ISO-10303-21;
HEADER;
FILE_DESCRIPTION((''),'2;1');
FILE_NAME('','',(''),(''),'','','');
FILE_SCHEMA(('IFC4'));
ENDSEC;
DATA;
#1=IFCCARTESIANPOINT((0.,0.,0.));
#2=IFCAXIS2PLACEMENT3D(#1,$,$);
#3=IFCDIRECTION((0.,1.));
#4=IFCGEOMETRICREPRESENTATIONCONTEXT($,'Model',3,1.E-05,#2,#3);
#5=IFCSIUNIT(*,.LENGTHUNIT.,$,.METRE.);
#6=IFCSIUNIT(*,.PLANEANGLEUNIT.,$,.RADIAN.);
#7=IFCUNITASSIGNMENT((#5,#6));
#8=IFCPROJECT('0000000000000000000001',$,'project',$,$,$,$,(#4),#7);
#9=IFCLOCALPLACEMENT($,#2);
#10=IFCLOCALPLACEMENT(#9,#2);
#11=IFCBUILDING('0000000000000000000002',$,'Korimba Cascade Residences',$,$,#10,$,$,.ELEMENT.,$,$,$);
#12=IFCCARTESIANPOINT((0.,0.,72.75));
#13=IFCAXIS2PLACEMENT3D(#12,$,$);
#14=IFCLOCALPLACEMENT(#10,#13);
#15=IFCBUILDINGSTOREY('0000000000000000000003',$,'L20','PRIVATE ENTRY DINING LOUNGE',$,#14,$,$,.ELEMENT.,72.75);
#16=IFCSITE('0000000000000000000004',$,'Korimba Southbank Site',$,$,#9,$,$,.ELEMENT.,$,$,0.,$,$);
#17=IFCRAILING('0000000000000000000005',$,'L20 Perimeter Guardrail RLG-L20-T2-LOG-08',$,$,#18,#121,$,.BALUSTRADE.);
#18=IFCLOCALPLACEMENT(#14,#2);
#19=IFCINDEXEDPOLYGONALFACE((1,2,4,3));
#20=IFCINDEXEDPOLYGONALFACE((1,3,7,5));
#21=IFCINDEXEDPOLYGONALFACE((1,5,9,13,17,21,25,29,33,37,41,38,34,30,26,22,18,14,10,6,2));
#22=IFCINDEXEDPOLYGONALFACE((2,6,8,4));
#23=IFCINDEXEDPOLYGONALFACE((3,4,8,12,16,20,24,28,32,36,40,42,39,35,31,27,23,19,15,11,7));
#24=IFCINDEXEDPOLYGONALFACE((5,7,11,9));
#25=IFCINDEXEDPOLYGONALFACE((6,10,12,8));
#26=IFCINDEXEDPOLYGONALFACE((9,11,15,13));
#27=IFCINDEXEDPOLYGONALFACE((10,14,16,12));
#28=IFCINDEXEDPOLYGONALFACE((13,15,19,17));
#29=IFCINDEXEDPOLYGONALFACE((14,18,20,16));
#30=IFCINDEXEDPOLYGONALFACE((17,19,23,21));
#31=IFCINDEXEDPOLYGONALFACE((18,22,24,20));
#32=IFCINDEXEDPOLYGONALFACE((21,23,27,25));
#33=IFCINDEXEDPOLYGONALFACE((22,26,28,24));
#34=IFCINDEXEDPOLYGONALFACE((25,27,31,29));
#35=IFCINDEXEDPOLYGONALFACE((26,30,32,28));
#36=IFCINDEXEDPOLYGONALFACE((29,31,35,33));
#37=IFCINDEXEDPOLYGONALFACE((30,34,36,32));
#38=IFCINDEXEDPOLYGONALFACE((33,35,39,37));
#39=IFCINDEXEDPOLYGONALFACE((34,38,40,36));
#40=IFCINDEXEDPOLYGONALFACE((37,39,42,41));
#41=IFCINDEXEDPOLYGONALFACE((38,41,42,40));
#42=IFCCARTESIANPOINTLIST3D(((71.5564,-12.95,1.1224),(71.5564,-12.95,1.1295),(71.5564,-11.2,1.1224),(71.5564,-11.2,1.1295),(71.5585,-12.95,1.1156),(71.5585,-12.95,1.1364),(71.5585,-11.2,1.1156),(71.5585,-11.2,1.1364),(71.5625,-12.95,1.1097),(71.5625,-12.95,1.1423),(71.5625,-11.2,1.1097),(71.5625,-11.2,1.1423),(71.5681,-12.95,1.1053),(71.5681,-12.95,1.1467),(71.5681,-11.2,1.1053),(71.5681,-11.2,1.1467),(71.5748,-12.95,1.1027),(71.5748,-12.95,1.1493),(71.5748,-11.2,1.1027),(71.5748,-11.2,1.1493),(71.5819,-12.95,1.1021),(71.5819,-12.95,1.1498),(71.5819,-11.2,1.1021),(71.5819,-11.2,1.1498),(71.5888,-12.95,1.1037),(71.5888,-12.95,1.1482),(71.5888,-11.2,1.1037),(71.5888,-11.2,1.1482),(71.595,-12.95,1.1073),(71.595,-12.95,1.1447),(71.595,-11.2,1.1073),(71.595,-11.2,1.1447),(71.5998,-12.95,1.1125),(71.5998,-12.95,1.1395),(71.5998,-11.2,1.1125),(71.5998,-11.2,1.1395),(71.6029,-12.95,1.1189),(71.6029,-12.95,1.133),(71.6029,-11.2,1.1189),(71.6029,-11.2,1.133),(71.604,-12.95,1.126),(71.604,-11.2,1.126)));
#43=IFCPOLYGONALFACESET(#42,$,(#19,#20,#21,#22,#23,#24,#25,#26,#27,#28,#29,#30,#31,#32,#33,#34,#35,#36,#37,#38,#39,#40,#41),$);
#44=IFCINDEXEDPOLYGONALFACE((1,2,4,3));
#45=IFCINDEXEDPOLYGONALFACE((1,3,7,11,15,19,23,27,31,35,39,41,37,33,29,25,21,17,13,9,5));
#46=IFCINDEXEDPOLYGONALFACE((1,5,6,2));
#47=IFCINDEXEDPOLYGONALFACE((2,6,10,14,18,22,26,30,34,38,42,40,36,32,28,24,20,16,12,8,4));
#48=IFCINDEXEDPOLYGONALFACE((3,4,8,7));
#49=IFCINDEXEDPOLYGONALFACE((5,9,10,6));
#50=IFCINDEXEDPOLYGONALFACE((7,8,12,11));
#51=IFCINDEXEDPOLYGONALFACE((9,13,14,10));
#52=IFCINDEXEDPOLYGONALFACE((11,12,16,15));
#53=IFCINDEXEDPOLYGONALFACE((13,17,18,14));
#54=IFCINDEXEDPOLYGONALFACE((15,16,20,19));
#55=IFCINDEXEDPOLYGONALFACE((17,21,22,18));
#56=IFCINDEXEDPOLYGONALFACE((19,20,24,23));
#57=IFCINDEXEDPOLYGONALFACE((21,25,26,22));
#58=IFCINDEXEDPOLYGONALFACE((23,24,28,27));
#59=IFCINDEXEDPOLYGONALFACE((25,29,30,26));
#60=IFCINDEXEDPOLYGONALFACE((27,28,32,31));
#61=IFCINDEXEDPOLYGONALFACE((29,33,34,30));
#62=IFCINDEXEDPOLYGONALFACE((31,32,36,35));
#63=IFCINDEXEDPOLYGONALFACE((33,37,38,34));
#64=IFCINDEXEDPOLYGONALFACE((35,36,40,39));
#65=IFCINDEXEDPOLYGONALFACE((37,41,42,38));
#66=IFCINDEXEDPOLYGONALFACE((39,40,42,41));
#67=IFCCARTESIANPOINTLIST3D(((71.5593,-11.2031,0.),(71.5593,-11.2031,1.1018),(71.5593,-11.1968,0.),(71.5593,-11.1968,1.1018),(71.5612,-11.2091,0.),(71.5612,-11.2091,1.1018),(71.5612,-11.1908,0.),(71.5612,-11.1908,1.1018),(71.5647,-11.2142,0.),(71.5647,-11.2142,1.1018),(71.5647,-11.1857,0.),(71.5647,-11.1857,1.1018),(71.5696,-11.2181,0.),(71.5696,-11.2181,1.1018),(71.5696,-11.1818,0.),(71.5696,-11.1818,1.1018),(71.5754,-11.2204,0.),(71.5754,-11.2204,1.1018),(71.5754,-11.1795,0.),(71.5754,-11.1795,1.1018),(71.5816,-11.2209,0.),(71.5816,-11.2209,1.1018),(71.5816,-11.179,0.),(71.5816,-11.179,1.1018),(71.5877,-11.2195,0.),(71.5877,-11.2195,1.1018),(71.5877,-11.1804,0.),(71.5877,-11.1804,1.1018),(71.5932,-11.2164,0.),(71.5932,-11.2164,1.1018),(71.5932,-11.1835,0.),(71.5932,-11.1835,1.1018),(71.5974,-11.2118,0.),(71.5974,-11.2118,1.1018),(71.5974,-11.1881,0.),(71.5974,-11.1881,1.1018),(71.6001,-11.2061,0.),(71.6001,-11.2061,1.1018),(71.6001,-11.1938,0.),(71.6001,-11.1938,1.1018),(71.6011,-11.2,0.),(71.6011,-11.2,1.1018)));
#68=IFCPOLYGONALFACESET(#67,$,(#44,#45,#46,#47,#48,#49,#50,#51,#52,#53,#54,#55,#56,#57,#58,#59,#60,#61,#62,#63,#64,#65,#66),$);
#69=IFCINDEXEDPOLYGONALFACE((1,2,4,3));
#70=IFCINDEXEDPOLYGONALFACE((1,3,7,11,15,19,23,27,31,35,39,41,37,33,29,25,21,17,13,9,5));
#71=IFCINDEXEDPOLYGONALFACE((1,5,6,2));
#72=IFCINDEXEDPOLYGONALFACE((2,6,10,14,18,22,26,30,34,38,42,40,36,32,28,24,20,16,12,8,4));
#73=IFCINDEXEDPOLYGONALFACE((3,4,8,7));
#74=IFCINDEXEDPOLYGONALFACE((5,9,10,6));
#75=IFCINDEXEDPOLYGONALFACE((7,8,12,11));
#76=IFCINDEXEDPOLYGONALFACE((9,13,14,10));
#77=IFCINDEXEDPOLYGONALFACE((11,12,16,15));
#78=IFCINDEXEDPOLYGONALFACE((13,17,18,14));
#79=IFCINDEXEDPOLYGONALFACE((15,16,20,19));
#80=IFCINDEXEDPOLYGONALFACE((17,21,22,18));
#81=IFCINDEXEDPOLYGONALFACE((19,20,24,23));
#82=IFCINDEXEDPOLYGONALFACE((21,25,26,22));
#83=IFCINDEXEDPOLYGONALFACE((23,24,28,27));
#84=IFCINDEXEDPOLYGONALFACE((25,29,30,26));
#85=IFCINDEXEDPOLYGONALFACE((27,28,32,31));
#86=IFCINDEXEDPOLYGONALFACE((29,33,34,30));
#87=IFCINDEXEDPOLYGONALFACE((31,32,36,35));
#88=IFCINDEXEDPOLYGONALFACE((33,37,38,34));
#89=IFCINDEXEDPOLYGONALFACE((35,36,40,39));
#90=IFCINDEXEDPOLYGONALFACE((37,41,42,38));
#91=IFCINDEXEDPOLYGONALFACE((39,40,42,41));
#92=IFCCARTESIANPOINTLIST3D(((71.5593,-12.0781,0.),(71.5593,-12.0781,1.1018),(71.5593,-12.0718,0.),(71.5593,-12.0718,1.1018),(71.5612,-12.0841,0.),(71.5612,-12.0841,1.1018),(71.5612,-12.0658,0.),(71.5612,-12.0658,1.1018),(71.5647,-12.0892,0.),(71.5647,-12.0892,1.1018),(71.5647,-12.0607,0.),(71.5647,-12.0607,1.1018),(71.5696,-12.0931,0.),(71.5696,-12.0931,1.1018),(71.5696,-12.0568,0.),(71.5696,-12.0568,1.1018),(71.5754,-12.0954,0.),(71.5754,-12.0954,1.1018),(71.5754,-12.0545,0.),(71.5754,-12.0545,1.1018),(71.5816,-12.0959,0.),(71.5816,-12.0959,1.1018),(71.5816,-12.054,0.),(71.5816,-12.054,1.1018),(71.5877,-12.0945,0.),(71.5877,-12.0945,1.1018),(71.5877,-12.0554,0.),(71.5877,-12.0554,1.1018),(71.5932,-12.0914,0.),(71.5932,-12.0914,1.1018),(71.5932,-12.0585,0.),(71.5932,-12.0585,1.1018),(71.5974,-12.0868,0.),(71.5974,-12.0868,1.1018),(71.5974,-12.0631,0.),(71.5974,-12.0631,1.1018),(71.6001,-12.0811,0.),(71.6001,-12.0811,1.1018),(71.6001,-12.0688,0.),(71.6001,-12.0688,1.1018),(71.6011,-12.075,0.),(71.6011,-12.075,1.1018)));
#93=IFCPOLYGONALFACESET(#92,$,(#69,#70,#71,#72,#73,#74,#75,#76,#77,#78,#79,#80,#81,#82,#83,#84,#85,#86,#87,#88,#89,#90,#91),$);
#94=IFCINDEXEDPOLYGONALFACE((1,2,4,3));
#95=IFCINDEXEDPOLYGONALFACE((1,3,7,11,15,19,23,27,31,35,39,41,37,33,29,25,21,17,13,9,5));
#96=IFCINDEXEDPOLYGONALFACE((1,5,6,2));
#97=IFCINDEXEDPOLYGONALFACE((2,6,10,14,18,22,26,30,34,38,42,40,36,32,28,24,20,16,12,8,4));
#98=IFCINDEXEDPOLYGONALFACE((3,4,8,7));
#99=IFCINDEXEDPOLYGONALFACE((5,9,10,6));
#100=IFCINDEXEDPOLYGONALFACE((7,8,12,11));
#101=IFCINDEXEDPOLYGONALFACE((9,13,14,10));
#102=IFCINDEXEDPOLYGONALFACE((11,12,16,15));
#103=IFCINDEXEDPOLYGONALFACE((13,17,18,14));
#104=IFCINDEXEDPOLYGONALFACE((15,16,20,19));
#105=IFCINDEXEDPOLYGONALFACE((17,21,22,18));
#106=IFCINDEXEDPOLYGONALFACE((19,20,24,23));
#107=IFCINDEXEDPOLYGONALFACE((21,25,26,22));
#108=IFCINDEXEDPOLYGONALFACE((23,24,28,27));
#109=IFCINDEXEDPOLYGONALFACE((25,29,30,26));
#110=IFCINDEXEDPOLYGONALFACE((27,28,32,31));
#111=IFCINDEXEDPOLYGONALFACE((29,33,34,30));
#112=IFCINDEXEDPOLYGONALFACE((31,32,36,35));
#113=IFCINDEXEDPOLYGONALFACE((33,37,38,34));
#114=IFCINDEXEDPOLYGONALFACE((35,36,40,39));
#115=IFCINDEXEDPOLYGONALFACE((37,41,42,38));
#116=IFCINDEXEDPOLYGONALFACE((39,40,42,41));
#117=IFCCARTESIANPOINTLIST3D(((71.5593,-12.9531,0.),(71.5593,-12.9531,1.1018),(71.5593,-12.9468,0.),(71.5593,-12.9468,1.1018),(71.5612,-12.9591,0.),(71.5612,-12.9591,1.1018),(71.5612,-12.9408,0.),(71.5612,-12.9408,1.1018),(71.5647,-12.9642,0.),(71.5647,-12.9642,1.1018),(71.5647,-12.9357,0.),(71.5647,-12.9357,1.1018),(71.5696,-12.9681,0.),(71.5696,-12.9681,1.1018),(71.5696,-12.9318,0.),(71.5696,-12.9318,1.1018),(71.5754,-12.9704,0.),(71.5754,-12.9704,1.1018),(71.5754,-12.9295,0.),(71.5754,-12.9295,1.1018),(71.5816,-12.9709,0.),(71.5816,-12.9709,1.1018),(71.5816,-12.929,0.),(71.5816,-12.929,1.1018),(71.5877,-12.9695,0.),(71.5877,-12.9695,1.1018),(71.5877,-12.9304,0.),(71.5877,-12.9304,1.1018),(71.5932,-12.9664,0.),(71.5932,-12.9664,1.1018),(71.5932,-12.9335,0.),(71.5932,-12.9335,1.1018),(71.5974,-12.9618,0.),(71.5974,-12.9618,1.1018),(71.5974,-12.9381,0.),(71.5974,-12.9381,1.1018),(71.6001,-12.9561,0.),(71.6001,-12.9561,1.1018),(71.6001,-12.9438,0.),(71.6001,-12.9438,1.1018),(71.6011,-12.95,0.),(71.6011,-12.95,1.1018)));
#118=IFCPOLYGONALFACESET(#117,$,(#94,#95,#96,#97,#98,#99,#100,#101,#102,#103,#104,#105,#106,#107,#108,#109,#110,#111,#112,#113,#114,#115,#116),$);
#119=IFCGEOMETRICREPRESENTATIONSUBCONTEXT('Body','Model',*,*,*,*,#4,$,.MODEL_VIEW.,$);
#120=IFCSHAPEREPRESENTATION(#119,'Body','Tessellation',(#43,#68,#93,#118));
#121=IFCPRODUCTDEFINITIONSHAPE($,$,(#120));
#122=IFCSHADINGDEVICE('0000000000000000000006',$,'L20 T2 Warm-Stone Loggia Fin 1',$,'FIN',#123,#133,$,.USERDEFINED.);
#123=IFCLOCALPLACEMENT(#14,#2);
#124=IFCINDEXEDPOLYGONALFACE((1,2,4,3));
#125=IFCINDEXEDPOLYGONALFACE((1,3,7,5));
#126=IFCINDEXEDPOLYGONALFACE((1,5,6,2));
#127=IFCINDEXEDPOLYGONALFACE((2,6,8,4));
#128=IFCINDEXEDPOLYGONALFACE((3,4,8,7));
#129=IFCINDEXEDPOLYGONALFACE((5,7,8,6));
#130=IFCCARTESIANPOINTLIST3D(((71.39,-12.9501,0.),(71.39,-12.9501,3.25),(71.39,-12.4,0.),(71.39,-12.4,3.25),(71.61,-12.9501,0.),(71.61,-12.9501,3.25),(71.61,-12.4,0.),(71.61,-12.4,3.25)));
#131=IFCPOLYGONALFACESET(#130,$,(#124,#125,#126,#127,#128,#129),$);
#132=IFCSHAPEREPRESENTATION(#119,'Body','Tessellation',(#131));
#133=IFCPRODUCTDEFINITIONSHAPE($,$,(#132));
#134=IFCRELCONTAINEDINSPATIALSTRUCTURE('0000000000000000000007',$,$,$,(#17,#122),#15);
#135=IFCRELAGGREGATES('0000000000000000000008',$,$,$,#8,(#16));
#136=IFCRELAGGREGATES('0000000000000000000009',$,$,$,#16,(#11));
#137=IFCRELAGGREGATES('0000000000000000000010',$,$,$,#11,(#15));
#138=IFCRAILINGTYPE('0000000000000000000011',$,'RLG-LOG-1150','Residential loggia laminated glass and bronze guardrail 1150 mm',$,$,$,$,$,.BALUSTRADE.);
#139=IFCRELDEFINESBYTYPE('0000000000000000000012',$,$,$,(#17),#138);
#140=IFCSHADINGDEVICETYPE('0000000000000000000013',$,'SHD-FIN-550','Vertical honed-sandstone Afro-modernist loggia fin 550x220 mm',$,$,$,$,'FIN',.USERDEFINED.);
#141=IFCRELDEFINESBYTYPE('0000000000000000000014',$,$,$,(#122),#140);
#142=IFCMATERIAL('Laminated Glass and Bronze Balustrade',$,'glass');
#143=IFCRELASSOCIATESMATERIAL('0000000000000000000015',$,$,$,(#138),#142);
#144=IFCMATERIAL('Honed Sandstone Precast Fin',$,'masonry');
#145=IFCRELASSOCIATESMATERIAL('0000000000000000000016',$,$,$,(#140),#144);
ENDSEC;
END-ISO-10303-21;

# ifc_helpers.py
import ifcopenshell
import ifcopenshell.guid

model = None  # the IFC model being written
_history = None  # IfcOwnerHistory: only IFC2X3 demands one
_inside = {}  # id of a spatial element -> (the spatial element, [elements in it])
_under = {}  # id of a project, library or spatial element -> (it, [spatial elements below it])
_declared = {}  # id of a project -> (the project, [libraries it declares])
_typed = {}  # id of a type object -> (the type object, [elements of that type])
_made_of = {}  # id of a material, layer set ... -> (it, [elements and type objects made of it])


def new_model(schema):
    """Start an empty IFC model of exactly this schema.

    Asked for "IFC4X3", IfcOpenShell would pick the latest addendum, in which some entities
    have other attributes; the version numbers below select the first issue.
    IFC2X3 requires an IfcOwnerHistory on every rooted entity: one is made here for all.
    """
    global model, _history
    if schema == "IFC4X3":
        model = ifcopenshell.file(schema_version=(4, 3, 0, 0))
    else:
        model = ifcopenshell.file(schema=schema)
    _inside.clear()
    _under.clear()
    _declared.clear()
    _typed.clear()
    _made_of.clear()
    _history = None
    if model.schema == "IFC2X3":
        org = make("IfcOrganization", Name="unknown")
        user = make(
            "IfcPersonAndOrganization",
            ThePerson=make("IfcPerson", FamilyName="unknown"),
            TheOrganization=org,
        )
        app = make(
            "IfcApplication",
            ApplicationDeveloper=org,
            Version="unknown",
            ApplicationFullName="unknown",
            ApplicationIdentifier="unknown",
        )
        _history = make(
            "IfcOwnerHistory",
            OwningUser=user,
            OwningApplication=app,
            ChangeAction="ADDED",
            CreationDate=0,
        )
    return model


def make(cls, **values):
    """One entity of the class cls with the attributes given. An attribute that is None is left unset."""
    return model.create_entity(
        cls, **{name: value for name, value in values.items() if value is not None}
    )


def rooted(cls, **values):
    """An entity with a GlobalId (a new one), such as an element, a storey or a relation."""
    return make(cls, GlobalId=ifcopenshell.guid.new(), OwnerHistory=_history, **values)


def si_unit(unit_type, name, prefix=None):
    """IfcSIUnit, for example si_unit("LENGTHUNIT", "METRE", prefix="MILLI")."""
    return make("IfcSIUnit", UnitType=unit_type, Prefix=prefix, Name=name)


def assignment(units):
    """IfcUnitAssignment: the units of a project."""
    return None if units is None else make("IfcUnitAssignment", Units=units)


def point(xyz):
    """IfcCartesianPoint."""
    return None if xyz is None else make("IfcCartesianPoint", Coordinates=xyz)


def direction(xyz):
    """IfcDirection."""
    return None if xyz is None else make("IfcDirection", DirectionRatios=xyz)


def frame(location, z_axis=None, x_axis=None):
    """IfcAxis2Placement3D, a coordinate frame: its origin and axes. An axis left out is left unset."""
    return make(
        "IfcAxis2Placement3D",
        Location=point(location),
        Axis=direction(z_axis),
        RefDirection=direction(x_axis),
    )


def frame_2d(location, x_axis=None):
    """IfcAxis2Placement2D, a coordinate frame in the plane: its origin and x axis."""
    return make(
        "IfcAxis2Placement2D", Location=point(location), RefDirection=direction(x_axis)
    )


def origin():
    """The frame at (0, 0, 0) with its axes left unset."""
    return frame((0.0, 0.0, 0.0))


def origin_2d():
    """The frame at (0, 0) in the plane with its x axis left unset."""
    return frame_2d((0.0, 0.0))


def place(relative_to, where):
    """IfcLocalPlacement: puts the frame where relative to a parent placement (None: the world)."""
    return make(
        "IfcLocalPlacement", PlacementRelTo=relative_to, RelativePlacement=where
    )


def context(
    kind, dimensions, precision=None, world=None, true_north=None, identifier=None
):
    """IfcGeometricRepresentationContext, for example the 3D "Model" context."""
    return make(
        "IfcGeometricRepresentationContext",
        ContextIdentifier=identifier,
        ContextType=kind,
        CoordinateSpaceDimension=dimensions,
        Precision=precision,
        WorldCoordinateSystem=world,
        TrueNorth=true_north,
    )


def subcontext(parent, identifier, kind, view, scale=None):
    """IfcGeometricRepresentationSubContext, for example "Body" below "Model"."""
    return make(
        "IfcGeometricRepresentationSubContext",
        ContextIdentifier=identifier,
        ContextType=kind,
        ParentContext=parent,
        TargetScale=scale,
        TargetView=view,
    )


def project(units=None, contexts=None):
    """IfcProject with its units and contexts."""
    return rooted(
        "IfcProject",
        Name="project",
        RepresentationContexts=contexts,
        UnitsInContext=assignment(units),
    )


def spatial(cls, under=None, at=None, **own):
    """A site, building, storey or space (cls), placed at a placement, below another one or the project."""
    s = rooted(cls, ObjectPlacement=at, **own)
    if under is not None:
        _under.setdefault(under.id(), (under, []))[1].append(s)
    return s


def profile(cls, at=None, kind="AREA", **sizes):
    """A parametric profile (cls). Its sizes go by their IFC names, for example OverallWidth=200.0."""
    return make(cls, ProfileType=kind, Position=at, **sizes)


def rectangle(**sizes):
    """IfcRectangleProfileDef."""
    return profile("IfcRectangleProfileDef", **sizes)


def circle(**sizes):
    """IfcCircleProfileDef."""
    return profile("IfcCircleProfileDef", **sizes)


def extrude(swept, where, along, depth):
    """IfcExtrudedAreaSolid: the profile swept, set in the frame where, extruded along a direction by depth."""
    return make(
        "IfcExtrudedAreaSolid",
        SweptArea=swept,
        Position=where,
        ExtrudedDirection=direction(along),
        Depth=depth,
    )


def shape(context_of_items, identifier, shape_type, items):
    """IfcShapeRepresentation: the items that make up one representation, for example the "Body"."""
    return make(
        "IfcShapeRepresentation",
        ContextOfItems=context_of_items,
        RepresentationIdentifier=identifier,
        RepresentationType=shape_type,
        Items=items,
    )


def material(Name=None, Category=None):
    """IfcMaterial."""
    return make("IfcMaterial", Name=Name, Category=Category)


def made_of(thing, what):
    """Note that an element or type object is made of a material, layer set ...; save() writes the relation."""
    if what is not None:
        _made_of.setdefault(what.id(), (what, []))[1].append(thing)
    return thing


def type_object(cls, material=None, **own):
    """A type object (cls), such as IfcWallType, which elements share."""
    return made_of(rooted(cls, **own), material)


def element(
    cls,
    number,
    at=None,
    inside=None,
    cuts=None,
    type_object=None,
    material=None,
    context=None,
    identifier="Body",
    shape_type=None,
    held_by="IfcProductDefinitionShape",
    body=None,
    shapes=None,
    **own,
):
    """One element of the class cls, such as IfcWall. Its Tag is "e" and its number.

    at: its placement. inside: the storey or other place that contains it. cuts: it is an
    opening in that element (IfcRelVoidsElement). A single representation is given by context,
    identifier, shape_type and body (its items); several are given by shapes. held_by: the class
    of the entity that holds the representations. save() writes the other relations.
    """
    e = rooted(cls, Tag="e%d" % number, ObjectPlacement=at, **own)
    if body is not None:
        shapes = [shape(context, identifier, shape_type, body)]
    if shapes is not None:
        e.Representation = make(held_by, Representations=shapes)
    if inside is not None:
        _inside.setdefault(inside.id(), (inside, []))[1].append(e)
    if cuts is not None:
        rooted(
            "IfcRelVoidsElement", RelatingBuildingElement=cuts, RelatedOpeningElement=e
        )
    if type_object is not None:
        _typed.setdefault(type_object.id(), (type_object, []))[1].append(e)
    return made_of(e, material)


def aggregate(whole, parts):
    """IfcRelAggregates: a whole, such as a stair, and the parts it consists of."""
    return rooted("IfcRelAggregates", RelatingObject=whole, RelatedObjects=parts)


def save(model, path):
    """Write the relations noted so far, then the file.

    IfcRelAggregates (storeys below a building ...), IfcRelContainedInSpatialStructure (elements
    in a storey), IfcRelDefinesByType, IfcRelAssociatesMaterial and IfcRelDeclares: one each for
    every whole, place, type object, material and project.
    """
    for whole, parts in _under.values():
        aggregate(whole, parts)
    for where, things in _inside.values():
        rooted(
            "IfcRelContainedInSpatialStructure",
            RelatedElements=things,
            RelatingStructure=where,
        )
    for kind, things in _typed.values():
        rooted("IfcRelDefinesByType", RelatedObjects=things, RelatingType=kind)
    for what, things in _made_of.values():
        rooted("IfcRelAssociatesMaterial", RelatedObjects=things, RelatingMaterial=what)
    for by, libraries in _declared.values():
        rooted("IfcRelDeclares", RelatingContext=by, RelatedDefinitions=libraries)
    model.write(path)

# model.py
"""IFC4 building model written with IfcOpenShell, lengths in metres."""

from ifc_helpers import new_model, si_unit, direction, frame, origin, origin_2d, place, context, subcontext, project, spatial, rectangle, circle, extrude, material, type_object, element, save


model = new_model("IFC4")

# Units and contexts
model_context = context("Model", 3, precision=1e-05, world=origin(), true_north=direction((0.0, 1.0)))
body_context = subcontext(model_context, "Body", "Model", "MODEL_VIEW")
ifc_project = project(units=[si_unit("LENGTHUNIT", "METRE"), si_unit("PLANEANGLEUNIT", "RADIAN")], contexts=[model_context])

# Site, building, storey
site_placement = place(None, origin())
site = spatial("IfcSite", under=ifc_project, at=site_placement, Name="Korimba Southbank Site", CompositionType="ELEMENT", RefElevation=0.0)
building_placement = place(site_placement, origin())
building = spatial("IfcBuilding", under=site, at=building_placement, Name="Korimba Cascade Residences", CompositionType="ELEMENT")
storey_placement = place(building_placement, frame((0.0, 0.0, 72.75)))
storey = spatial("IfcBuildingStorey", under=building, at=storey_placement, Name="L20", Description="PRIVATE ENTRY DINING LOUNGE", CompositionType="ELEMENT", Elevation=72.75)

# Railing
ifc_material_1 = material(Name="Laminated Glass and Bronze Balustrade", Category="glass")
railing_type = type_object("IfcRailingType", Name="RLG-LOG-1150", Description="Residential loggia laminated glass and bronze guardrail 1150 mm", PredefinedType="BALUSTRADE", material=ifc_material_1)
railing_1_placement = place(storey_placement, frame((71.5801, -11.2, 0.0)))
element("IfcRailing", 1, at=railing_1_placement, inside=storey, type_object=railing_type, Name="L20 Perimeter Guardrail RLG-L20-T2-LOG-08", PredefinedType="BALUSTRADE", context=body_context, shape_type="SweptSolid", body=[
    extrude(circle(Radius=0.0239, at=origin_2d()), frame((0.0, 0.0, 1.126), z_axis=(0.0, -1.0, 0.0), x_axis=(1.0, 0.0, 0.0)), (0.0, 0.0, 1.0), 1.75),
    extrude(circle(Radius=0.021, at=origin_2d()), origin(), (0.0, 0.0, 1.0), 1.1018),
    extrude(circle(Radius=0.021, at=origin_2d()), frame((0.0, -0.875, 0.0)), (0.0, 0.0, 1.0), 1.1018),
    extrude(circle(Radius=0.021, at=origin_2d()), frame((0.0, -1.75, 0.0)), (0.0, 0.0, 1.0), 1.1018),
])

# Shading device
ifc_material_2 = material(Name="Honed Sandstone Precast Fin", Category="masonry")
shading_device_type = type_object("IfcShadingDeviceType", Name="SHD-FIN-550", Description="Vertical honed-sandstone Afro-modernist loggia fin 550x220 mm", ElementType="FIN", PredefinedType="USERDEFINED", material=ifc_material_2)
shading_device_placement = place(storey_placement, frame((71.5, -12.675, 0.0), z_axis=(0.0, 0.0, 1.0), x_axis=(1.0, 0.0, 0.0)))
element("IfcShadingDevice", 2, at=shading_device_placement, inside=storey, type_object=shading_device_type, Name="L20 T2 Warm-Stone Loggia Fin 1", ObjectType="FIN", PredefinedType="USERDEFINED", context=body_context, shape_type="SweptSolid", body=[
    extrude(rectangle(XDim=0.22, YDim=0.55, at=origin_2d()), origin(), (0.0, 0.0, 1.0), 3.25),
])

save(model, "model.ifc")
